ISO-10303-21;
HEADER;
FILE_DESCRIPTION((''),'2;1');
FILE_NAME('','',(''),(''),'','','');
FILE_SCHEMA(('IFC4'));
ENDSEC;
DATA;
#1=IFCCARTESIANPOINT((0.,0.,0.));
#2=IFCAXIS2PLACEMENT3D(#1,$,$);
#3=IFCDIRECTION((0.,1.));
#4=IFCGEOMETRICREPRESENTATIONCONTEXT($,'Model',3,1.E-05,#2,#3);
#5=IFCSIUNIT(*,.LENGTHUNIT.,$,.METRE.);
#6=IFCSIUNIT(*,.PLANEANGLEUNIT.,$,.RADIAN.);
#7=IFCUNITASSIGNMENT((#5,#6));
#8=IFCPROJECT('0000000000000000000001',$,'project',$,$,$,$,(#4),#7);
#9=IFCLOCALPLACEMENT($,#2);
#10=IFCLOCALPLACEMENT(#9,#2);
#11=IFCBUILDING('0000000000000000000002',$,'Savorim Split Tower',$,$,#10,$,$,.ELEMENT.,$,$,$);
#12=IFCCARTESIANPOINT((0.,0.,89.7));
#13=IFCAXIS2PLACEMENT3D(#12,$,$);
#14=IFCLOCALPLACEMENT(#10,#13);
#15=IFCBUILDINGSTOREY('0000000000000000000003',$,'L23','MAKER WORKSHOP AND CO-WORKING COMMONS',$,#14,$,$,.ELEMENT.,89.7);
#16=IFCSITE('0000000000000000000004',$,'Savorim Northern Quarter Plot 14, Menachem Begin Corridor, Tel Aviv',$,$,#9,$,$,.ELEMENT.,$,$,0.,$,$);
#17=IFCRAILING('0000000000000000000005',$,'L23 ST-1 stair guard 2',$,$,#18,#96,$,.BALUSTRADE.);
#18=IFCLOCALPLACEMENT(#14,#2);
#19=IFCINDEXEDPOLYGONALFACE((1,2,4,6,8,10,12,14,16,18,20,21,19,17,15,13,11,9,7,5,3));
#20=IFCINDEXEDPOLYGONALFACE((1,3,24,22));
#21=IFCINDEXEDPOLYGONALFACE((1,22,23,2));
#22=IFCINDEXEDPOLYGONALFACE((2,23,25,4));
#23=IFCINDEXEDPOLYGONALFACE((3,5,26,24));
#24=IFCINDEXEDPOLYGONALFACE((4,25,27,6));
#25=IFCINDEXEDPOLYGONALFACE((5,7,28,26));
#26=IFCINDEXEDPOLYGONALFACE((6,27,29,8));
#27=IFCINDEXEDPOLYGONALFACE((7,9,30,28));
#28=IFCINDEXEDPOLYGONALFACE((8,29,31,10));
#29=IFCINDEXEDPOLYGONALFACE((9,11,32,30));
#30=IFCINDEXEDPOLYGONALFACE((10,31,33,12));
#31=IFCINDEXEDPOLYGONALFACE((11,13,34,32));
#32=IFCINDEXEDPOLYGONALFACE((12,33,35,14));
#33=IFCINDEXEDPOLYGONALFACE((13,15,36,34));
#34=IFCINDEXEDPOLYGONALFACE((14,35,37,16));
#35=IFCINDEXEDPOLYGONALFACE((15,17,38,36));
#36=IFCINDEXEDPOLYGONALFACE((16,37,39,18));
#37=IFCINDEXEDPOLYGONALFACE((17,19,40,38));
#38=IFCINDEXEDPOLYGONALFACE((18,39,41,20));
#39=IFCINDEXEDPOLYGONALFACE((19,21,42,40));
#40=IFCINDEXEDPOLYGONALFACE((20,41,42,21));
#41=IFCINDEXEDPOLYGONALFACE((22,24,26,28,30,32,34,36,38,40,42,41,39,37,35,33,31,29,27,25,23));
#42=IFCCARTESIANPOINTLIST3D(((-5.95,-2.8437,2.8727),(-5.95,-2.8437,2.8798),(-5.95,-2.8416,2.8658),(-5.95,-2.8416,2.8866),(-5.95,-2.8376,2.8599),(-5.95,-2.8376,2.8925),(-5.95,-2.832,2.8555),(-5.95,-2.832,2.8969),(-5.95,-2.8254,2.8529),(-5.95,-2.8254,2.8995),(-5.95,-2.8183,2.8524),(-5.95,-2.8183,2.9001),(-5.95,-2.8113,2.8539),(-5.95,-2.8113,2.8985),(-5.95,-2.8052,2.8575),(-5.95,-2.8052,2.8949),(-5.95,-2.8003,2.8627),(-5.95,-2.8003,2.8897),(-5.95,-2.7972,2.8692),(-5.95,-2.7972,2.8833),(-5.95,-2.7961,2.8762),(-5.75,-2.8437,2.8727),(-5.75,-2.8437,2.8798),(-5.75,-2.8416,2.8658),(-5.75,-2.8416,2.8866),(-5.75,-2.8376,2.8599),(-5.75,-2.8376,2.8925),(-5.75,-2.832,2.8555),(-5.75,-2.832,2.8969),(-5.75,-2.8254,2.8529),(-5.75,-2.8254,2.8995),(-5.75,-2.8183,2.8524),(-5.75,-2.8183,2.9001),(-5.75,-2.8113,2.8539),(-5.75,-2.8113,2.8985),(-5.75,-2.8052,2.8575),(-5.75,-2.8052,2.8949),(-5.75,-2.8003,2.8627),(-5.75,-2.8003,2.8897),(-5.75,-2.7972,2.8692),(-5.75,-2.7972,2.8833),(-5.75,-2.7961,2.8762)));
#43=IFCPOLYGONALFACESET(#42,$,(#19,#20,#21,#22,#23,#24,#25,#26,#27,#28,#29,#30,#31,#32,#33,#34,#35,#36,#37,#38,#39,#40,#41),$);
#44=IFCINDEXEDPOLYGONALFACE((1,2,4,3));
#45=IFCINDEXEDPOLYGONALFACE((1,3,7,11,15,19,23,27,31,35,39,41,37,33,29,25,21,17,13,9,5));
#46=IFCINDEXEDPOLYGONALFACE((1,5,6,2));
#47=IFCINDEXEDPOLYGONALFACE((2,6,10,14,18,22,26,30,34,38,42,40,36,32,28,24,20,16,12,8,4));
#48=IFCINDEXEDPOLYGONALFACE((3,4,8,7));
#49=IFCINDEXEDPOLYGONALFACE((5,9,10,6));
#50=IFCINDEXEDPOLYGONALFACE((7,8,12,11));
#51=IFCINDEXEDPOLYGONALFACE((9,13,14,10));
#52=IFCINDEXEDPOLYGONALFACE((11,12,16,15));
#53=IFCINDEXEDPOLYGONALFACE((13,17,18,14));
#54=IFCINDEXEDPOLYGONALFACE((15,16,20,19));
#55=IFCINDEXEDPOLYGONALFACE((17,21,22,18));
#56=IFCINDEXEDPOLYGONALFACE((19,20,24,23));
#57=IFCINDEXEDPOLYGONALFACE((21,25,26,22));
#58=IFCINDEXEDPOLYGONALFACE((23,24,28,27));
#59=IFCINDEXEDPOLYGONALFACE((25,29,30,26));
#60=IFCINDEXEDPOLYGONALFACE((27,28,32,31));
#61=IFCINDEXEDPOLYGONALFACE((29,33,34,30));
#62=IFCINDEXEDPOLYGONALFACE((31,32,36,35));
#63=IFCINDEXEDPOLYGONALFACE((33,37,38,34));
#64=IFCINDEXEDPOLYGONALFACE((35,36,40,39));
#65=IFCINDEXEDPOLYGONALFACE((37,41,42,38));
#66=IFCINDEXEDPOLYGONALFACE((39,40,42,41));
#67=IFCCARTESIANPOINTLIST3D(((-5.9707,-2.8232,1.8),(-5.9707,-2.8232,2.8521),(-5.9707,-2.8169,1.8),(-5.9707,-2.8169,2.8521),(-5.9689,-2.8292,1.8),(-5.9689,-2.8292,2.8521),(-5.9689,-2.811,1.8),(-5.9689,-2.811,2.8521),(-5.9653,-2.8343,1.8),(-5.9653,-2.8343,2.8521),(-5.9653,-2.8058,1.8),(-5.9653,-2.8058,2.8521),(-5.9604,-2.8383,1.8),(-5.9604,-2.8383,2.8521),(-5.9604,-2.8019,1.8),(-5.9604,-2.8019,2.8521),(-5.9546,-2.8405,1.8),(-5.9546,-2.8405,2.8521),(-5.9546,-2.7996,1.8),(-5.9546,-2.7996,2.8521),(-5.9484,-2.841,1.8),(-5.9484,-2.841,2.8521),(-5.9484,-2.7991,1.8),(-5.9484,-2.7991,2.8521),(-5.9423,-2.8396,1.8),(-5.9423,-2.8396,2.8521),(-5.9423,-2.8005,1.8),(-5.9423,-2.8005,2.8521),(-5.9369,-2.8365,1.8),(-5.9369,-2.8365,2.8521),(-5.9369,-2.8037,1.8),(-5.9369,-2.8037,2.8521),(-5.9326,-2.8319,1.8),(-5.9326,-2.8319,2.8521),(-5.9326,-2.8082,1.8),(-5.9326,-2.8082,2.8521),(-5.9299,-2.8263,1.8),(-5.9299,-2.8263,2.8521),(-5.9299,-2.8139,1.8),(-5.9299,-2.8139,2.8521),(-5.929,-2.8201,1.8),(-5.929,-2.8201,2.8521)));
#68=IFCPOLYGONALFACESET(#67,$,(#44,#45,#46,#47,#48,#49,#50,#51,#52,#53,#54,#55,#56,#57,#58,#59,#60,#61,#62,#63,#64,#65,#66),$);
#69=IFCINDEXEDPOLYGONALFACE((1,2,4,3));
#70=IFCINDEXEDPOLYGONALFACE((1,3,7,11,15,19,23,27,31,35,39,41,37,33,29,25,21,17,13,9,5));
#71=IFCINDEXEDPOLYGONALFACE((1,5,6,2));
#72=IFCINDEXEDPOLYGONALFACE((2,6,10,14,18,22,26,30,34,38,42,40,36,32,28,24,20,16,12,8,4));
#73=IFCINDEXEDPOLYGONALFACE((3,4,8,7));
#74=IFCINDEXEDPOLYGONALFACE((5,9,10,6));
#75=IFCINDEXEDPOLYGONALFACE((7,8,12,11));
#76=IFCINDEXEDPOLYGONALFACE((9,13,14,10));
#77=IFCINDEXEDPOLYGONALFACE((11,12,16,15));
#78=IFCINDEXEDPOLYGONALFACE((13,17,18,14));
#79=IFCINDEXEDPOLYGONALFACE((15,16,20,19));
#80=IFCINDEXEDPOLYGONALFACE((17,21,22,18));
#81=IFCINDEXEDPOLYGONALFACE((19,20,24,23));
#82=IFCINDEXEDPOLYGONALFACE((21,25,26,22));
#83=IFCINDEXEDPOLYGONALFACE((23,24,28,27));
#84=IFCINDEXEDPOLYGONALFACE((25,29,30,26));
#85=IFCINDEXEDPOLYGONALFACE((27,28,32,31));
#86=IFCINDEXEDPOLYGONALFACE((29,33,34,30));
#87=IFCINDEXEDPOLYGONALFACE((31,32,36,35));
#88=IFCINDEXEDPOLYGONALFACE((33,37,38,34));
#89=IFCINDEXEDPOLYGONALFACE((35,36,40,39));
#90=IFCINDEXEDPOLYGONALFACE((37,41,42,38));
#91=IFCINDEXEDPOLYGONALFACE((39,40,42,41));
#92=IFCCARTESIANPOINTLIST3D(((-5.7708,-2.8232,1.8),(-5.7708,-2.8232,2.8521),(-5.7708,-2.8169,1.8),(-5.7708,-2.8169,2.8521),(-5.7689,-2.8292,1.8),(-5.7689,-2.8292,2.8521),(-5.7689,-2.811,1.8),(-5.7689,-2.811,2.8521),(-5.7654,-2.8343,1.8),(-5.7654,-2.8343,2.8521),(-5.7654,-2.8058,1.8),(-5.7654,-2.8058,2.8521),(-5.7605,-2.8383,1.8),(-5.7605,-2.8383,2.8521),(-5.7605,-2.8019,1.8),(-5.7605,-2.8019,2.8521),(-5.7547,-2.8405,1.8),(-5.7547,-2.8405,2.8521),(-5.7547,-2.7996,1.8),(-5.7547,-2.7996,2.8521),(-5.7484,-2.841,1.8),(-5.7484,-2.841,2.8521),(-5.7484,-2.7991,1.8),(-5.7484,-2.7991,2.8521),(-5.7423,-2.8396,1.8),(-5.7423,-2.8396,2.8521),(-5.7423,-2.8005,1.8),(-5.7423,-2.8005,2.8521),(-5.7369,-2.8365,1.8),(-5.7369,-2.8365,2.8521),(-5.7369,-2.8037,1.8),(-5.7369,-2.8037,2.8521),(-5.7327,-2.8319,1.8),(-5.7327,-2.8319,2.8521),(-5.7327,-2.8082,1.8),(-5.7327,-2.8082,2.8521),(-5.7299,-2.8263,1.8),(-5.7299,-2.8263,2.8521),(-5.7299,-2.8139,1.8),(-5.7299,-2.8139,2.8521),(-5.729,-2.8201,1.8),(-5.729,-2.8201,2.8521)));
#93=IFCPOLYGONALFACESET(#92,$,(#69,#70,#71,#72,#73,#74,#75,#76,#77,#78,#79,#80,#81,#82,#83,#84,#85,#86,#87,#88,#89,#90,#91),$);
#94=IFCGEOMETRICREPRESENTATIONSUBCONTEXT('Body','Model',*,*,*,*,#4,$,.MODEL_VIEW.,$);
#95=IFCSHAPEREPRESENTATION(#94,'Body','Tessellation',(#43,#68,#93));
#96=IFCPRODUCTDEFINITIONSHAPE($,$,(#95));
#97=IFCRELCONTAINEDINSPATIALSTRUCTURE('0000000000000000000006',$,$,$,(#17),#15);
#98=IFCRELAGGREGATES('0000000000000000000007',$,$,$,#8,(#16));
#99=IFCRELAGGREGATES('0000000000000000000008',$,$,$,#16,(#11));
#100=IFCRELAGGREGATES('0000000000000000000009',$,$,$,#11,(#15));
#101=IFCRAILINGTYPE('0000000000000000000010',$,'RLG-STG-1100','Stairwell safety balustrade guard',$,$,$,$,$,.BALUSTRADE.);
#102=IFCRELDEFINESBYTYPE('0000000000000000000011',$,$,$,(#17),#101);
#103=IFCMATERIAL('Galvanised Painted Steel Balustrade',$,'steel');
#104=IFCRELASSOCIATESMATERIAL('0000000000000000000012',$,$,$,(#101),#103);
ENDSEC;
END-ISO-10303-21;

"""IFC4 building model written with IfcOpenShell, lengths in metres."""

from ifc_helpers import new_model, si_unit, direction, frame, origin, origin_2d, place, context, subcontext, project, spatial, circle, extrude, material, type_object, element, save


model = new_model("IFC4")

# Units and contexts
model_context = context("Model", 3, precision=1e-05, world=origin(), true_north=direction((0.0, 1.0)))
body_context = subcontext(model_context, "Body", "Model", "MODEL_VIEW")
ifc_project = project(units=[si_unit("LENGTHUNIT", "METRE"), si_unit("PLANEANGLEUNIT", "RADIAN")], contexts=[model_context])

# Site, building, storey
site_placement = place(None, origin())
site = spatial("IfcSite", under=ifc_project, at=site_placement, Name="Savorim Northern Quarter Plot 14, Menachem Begin Corridor, Tel Aviv", CompositionType="ELEMENT", RefElevation=0.0)
building_placement = place(site_placement, origin())
building = spatial("IfcBuilding", under=site, at=building_placement, Name="Savorim Split Tower", CompositionType="ELEMENT")
storey_placement = place(building_placement, frame((0.0, 0.0, 89.7)))
storey = spatial("IfcBuildingStorey", under=building, at=storey_placement, Name="L23", Description="MAKER WORKSHOP AND CO-WORKING COMMONS", CompositionType="ELEMENT", Elevation=89.7)

# Railing
ifc_material_1 = material(Name="Galvanised Painted Steel Balustrade", Category="steel")
railing_type_1 = type_object("IfcRailingType", Name="RLG-STG-1100", Description="Stairwell safety balustrade guard", PredefinedType="BALUSTRADE", material=ifc_material_1)
railing_1_placement = place(storey_placement, frame((-5.95, -2.8201, 1.8)))
element("IfcRailing", 1, at=railing_1_placement, inside=storey, type_object=railing_type_1, Name="L23 ST-1 stair guard 2", PredefinedType="BALUSTRADE", context=body_context, shape_type="SweptSolid", body=[
    extrude(circle(Radius=0.0239, at=origin_2d()), frame((0.0, 0.0, 1.0762), z_axis=(1.0, 0.0, 0.0), x_axis=(0.0, 1.0, 0.0)), (0.0, 0.0, 1.0), 0.2),
    extrude(circle(Radius=0.021, at=origin_2d()), origin(), (0.0, 0.0, 1.0), 1.052),
    extrude(circle(Radius=0.021, at=origin_2d()), frame((0.2, 0.0, 0.0)), (0.0, 0.0, 1.0), 1.052),
])

save(model, "model.ifc")
